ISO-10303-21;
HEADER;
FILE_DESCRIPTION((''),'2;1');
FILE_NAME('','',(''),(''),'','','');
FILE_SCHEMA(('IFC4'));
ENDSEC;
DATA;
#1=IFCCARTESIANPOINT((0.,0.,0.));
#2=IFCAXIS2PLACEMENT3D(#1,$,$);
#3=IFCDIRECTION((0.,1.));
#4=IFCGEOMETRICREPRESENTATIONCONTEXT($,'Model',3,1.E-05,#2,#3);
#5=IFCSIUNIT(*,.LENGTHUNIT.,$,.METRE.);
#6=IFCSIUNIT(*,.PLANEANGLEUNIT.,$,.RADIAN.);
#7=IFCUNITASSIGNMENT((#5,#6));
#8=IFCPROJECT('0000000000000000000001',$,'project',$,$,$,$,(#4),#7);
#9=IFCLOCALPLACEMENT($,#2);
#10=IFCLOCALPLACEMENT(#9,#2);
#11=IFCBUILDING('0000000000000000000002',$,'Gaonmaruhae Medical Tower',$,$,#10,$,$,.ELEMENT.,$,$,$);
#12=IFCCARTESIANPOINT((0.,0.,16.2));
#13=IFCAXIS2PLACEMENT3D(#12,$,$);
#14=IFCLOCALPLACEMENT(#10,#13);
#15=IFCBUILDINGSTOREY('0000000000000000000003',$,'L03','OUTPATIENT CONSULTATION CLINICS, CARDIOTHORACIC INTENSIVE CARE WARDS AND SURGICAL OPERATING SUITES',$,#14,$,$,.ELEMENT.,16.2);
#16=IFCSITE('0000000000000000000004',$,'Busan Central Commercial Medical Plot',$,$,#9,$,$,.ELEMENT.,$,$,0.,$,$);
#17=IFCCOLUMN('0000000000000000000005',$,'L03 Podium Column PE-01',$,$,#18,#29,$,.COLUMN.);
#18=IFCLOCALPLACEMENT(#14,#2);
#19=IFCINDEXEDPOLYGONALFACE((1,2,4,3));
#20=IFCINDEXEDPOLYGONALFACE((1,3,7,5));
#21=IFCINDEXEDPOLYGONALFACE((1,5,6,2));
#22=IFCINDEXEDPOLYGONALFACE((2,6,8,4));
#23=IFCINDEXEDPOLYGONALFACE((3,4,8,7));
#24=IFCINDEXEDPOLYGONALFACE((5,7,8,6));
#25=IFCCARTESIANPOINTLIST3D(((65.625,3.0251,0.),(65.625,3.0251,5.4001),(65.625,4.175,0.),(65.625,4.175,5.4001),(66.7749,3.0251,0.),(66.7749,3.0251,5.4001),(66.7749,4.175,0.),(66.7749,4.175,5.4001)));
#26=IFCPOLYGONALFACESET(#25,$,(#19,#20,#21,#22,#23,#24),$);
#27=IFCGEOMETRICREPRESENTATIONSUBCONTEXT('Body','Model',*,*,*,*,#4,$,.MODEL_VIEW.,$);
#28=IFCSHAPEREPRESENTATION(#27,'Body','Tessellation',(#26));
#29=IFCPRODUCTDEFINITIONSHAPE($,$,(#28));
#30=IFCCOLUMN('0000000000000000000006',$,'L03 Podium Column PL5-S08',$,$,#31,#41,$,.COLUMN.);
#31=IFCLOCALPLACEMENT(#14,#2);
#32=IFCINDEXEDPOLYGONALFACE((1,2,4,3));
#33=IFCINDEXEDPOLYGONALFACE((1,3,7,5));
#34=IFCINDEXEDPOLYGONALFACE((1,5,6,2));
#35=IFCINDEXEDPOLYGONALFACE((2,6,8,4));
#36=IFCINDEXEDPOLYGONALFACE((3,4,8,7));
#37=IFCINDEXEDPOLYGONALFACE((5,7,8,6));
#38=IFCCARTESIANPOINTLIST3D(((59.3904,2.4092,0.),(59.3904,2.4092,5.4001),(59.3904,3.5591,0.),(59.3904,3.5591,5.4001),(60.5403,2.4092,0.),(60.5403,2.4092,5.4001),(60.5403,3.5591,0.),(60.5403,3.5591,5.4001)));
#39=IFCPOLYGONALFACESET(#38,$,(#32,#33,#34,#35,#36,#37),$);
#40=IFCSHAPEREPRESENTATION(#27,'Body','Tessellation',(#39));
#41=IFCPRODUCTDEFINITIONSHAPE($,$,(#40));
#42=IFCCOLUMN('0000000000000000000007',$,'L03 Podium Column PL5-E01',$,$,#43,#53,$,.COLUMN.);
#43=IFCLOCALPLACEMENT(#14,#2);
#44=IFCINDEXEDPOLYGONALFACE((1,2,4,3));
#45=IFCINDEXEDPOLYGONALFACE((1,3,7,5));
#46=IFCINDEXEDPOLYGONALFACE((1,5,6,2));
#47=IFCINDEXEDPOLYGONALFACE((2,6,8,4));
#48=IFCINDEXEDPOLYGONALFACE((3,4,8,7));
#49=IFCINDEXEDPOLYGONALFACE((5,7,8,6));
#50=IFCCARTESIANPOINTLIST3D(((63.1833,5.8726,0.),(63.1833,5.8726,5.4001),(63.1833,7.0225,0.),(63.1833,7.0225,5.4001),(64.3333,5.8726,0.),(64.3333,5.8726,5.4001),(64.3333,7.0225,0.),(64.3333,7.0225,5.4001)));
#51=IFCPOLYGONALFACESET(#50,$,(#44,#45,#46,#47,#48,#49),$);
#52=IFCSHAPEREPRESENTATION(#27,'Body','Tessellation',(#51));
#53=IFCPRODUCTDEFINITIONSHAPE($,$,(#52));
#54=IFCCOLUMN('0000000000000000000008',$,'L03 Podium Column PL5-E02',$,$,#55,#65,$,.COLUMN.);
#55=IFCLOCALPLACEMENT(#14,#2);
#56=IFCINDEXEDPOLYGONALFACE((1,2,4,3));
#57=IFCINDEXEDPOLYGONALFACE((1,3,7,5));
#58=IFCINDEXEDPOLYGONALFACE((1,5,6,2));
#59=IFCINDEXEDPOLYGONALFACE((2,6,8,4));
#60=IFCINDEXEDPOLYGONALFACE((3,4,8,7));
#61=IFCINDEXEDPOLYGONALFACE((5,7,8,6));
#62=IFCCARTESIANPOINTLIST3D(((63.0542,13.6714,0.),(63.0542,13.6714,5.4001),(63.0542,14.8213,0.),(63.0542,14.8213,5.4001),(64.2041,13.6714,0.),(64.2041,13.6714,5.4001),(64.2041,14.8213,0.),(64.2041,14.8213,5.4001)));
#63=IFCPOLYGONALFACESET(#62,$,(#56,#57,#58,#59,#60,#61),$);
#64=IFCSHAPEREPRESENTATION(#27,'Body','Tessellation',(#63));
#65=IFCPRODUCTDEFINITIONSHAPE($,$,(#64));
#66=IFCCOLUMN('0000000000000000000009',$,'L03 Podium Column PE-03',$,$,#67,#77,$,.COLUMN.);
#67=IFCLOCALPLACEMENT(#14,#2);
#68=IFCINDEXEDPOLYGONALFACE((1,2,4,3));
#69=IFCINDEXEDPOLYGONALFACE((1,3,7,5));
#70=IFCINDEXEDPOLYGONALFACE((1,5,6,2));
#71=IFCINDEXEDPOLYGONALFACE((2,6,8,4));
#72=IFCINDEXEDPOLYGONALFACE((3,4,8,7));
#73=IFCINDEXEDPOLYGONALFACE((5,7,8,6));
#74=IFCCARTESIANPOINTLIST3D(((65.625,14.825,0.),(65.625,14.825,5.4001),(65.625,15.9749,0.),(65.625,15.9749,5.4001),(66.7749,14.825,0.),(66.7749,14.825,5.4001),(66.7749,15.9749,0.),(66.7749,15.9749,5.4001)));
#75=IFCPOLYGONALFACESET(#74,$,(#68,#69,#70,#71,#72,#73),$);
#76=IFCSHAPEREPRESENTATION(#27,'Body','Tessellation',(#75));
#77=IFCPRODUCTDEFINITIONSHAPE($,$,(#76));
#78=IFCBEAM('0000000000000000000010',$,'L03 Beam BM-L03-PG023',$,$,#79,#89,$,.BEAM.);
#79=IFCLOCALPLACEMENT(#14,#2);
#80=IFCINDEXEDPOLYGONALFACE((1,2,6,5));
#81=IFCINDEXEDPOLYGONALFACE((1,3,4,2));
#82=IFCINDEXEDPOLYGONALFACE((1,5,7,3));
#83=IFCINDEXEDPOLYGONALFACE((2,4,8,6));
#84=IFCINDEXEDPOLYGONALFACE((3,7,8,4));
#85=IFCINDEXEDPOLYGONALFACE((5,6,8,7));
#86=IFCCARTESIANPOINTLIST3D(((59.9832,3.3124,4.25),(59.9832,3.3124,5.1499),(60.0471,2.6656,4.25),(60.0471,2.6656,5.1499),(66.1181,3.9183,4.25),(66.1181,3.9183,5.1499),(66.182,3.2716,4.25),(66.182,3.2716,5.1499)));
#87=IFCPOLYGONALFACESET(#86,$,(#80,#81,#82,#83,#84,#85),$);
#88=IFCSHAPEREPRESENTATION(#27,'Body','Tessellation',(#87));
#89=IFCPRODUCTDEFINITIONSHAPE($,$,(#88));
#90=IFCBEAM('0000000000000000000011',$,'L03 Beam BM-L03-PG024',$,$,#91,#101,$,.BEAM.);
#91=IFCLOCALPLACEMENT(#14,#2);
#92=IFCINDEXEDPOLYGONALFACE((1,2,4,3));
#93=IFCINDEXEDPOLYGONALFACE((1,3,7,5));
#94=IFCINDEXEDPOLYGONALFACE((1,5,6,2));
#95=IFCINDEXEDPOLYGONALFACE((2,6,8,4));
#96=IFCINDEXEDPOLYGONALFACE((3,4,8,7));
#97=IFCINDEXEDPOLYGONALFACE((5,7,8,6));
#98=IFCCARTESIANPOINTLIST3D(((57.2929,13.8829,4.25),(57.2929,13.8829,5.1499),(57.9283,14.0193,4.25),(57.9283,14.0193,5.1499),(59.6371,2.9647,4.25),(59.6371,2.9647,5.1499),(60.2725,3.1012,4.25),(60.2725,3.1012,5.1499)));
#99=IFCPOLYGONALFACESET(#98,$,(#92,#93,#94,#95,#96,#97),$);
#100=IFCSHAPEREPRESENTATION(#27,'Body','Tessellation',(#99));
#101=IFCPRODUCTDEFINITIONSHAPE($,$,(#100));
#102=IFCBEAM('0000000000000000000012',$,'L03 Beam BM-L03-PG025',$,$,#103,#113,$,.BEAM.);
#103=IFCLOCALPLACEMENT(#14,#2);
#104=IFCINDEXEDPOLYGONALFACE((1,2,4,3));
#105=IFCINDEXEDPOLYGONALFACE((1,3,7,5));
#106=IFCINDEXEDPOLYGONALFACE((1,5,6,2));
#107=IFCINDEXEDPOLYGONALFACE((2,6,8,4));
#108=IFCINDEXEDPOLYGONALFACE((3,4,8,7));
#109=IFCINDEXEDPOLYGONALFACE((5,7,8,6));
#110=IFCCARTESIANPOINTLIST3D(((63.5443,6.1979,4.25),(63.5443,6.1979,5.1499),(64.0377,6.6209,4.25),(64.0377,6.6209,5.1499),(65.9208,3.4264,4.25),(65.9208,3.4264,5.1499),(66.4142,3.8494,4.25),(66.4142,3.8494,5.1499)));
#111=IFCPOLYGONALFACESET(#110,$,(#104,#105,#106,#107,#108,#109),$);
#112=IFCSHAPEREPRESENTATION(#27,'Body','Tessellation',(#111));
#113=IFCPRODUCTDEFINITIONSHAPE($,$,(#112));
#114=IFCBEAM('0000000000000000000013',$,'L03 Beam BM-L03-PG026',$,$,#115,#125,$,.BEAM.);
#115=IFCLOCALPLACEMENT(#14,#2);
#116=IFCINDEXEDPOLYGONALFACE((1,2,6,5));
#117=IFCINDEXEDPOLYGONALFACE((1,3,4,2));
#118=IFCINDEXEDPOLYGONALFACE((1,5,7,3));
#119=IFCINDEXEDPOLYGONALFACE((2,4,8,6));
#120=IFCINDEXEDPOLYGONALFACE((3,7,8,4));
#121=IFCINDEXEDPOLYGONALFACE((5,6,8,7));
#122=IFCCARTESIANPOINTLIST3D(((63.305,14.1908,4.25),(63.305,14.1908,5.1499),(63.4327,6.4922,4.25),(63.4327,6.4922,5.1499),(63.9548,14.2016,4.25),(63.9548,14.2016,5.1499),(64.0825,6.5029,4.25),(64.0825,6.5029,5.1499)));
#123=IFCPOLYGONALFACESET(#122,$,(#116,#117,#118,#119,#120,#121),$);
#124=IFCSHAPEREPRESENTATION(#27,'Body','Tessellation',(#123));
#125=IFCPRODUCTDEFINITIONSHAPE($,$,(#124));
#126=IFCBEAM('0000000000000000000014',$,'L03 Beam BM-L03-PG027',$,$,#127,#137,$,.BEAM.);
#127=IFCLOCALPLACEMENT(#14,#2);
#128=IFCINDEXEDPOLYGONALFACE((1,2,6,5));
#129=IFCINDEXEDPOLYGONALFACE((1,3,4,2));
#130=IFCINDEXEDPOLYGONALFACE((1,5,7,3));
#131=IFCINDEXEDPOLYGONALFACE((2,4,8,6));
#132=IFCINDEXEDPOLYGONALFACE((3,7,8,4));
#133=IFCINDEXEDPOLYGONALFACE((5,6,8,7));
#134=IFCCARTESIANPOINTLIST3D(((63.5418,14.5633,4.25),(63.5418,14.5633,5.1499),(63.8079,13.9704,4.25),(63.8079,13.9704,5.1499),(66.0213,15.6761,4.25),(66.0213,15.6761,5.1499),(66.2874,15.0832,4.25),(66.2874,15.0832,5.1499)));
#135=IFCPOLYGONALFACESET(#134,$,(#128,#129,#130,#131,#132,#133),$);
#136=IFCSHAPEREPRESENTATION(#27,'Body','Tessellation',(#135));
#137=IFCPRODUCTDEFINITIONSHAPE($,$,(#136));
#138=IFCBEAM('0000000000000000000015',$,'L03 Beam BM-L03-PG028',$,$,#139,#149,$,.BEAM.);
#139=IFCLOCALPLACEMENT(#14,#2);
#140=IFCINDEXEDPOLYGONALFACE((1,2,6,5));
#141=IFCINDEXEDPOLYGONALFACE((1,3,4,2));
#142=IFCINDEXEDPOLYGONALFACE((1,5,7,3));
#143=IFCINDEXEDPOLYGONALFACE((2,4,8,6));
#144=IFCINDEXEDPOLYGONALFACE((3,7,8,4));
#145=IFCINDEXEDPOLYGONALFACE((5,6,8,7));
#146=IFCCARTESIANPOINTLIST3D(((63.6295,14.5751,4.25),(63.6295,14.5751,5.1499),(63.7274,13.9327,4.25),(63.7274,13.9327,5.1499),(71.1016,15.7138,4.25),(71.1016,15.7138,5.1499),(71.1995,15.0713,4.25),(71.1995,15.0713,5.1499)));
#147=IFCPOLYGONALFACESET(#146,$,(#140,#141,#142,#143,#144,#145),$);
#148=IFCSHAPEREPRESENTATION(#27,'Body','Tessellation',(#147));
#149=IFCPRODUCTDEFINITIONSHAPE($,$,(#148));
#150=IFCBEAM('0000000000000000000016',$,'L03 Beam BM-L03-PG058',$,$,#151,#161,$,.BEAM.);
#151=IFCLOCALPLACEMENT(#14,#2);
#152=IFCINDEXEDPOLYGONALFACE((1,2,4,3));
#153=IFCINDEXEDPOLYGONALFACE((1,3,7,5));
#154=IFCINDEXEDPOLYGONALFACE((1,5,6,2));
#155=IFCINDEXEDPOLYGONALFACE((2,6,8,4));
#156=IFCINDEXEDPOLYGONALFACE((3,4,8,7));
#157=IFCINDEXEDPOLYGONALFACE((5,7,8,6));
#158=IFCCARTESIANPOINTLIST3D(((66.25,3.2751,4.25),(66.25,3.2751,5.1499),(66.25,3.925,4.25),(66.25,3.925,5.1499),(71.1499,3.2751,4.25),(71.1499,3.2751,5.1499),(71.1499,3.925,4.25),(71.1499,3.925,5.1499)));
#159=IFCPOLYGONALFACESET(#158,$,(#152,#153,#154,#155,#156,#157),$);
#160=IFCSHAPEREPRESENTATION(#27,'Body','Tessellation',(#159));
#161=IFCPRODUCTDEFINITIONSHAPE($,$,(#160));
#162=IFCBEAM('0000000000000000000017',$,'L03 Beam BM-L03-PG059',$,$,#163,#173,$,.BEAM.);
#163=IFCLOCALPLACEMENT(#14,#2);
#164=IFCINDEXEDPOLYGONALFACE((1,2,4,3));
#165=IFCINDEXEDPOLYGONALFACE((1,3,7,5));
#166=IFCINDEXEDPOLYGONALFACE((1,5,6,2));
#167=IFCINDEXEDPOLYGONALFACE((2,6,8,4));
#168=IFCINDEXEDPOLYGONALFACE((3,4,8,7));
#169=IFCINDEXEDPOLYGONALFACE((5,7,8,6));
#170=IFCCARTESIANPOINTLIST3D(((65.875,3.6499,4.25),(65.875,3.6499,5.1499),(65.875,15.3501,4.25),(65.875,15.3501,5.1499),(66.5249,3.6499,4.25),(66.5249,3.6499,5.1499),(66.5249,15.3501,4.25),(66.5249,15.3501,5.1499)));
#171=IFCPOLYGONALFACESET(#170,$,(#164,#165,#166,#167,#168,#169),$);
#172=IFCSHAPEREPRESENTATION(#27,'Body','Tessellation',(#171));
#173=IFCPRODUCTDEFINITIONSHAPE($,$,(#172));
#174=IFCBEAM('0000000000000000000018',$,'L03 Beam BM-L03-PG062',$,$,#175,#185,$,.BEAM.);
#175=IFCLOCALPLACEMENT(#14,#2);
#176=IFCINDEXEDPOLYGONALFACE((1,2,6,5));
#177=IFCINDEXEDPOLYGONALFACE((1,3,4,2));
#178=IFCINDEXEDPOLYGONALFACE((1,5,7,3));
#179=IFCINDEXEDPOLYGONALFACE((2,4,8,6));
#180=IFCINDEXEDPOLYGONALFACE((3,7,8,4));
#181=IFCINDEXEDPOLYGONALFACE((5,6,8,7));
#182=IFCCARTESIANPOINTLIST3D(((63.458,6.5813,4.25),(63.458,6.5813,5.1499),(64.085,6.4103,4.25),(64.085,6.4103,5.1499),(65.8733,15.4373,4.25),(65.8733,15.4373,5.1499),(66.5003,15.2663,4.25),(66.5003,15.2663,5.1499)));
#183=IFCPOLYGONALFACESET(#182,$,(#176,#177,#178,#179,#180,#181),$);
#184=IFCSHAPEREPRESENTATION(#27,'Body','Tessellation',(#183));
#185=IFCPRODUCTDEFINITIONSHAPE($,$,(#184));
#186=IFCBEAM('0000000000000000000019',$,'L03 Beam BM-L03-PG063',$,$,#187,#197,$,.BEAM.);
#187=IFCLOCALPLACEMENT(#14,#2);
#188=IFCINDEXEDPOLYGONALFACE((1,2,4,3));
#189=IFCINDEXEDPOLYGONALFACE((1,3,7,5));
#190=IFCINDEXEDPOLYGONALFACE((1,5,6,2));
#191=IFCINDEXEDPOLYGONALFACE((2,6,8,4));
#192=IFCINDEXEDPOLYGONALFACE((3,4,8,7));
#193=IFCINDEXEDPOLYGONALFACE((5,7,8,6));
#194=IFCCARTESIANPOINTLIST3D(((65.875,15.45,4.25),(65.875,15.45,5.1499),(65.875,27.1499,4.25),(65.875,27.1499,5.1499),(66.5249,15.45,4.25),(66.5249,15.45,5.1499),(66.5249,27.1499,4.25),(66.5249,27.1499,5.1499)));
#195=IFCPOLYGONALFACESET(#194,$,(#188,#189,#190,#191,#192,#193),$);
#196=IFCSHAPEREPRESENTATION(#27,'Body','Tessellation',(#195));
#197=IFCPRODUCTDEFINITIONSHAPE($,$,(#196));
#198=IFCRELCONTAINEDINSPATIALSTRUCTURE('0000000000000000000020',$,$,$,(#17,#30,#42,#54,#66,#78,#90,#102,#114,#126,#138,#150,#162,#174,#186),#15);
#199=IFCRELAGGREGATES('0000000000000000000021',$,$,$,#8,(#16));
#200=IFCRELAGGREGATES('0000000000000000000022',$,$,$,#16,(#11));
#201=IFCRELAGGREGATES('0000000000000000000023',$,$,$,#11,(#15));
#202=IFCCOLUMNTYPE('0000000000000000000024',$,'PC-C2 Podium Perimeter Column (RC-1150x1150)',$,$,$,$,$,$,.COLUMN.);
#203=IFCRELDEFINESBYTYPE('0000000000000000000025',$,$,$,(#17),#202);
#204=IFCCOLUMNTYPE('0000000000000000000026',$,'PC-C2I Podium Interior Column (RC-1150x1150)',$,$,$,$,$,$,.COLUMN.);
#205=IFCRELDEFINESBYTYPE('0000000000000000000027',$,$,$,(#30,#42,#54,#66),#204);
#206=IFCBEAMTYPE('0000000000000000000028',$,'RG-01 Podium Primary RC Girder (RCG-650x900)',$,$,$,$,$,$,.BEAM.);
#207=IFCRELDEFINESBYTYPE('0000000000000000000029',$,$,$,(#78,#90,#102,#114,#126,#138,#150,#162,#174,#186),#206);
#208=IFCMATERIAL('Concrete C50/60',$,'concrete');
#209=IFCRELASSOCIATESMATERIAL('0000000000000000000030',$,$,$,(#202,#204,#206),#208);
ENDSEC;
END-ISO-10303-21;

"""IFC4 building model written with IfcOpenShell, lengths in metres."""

from ifc_helpers import new_model, si_unit, direction, frame, origin, origin_2d, place, context, subcontext, project, spatial, rectangle, extrude, material, material_profile, profile_set, type_object, element, save


model = new_model("IFC4")

# Units and contexts
model_context = context("Model", 3, precision=1e-05, world=origin(), true_north=direction((0.0, 1.0)))
body_context = subcontext(model_context, "Body", "Model", "MODEL_VIEW")
ifc_project = project(units=[si_unit("LENGTHUNIT", "METRE"), si_unit("PLANEANGLEUNIT", "RADIAN")], contexts=[model_context])

# Site, building, storey
site_placement = place(None, origin())
site = spatial("IfcSite", under=ifc_project, at=site_placement, Name="Busan Central Commercial Medical Plot", CompositionType="ELEMENT", RefElevation=0.0)
building_placement = place(site_placement, origin())
building = spatial("IfcBuilding", under=site, at=building_placement, Name="Gaonmaruhae Medical Tower", CompositionType="ELEMENT")
storey_placement = place(building_placement, frame((0.0, 0.0, 16.2)))
storey = spatial("IfcBuildingStorey", under=building, at=storey_placement, Name="L03", Description="OUTPATIENT CONSULTATION CLINICS, CARDIOTHORACIC INTENSIVE CARE WARDS AND SURGICAL OPERATING SUITES", CompositionType="ELEMENT", Elevation=16.2)

# Columns
ifc_material_1 = material(Name="Concrete C50/60", Category="concrete")
ifc_material_profile_1 = material_profile(ifc_material_1, rectangle(XDim=1.1499, YDim=1.1499, at=origin_2d()), Name="RC-1150x1150")
ifc_profile_set_1 = profile_set([ifc_material_profile_1], Name="Concrete C50/60")
column_type_1 = type_object("IfcColumnType", Name="PC-C2 Podium Perimeter Column (RC-1150x1150)", PredefinedType="COLUMN", material=ifc_profile_set_1)
column_placement = place(storey_placement, frame((66.2, 3.6001, 0.0), z_axis=(0.0, 0.0, 1.0), x_axis=(1.0, 0.0, 0.0)))
element("IfcColumn", 1, at=column_placement, inside=storey, type_object=column_type_1, Name="L03 Podium Column PE-01", PredefinedType="COLUMN", context=body_context, shape_type="SweptSolid", body=[
    extrude(rectangle(XDim=1.1499, YDim=1.1499, at=origin_2d()), origin(), (0.0, 0.0, 1.0), 5.4001),
])
ifc_material_profile_2 = material_profile(ifc_material_1, rectangle(XDim=1.1499, YDim=1.1499, at=origin_2d()), Name="RC-1150x1150")
ifc_profile_set_2 = profile_set([ifc_material_profile_2], Name="Concrete C50/60")
column_type_2 = type_object("IfcColumnType", Name="PC-C2I Podium Interior Column (RC-1150x1150)", PredefinedType="COLUMN", material=ifc_profile_set_2)
for number, where, z_axis, x_axis, name in (
    (2, (59.9653, 2.9841, 0.0), (0.0, 0.0, 1.0), (1.0, 0.0, 0.0), "L03 Podium Column PL5-S08"),
    (3, (63.7583, 6.4475, 0.0), (0.0, 0.0, 1.0), (1.0, 0.0, 0.0), "L03 Podium Column PL5-E01"),
    (4, (63.6292, 14.2463, 0.0), (0.0, 0.0, 1.0), (1.0, 0.0, 0.0), "L03 Podium Column PL5-E02"),
    (5, (66.2, 15.3999, 0.0), (0.0, 0.0, 1.0), (1.0, 0.0, 0.0), "L03 Podium Column PE-03"),
):
    element("IfcColumn", number, at=place(storey_placement, frame(where, z_axis=z_axis, x_axis=x_axis)), inside=storey, type_object=column_type_2, Name=name, PredefinedType="COLUMN", context=body_context, shape_type="SweptSolid", body=[
        extrude(rectangle(XDim=1.1499, YDim=1.1499, at=origin_2d()), origin(), (0.0, 0.0, 1.0), 5.4001),
    ])

# Beams
ifc_material_profile_3 = material_profile(ifc_material_1, rectangle(XDim=0.6499, YDim=0.8999, at=origin_2d()), Name="RCG-650x900")
ifc_profile_set_3 = profile_set([ifc_material_profile_3], Name="Concrete C50/60")
beam_type = type_object("IfcBeamType", Name="RG-01 Podium Primary RC Girder (RCG-650x900)", PredefinedType="BEAM", material=ifc_profile_set_3)
beam_1_placement = place(storey_placement, frame((60.0151, 2.989, 4.7), z_axis=(0.995158, 0.098292, 0.0), x_axis=(-0.098292, 0.995158, 0.0)))
element("IfcBeam", 6, at=beam_1_placement, inside=storey, type_object=beam_type, Name="L03 Beam BM-L03-PG023", PredefinedType="BEAM", context=body_context, shape_type="SweptSolid", body=[
    extrude(rectangle(XDim=0.6499, YDim=0.8999, at=origin_2d()), origin(), (0.0, 0.0, 1.0), 6.1648),
])
beam_2_placement = place(storey_placement, frame((59.9548, 3.033, 4.7), z_axis=(-0.209925, 0.977718, 0.0), x_axis=(-0.977718, -0.209925, 0.0)))
element("IfcBeam", 7, at=beam_2_placement, inside=storey, type_object=beam_type, Name="L03 Beam BM-L03-PG024", PredefinedType="BEAM", context=body_context, shape_type="SweptSolid", body=[
    extrude(rectangle(XDim=0.6499, YDim=0.8999, at=origin_2d()), origin(), (0.0, 0.0, 1.0), 11.167),
])
beam_3_placement = place(storey_placement, frame((63.791, 6.4094, 4.7), z_axis=(0.650935, -0.759134, 0.0), x_axis=(0.759134, 0.650935, 0.0)))
element("IfcBeam", 8, at=beam_3_placement, inside=storey, type_object=beam_type, Name="L03 Beam BM-L03-PG025", PredefinedType="BEAM", context=body_context, shape_type="SweptSolid", body=[
    extrude(rectangle(XDim=0.6499, YDim=0.8999, at=origin_2d()), origin(), (0.0, 0.0, 1.0), 3.6509),
])
beam_4_placement = place(storey_placement, frame((63.7576, 6.4976, 4.7), z_axis=(-0.016583, 0.999862, 0.0), x_axis=(-0.999862, -0.016583, 0.0)))
element("IfcBeam", 9, at=beam_4_placement, inside=storey, type_object=beam_type, Name="L03 Beam BM-L03-PG026", PredefinedType="BEAM", context=body_context, shape_type="SweptSolid", body=[
    extrude(rectangle(XDim=0.6499, YDim=0.8999, at=origin_2d()), origin(), (0.0, 0.0, 1.0), 7.6997),
])
beam_5_placement = place(storey_placement, frame((63.6748, 14.2668, 4.7), z_axis=(0.912331, 0.409453, 0.0), x_axis=(-0.409453, 0.912331, 0.0)))
element("IfcBeam", 10, at=beam_5_placement, inside=storey, type_object=beam_type, Name="L03 Beam BM-L03-PG027", PredefinedType="BEAM", context=body_context, shape_type="SweptSolid", body=[
    extrude(rectangle(XDim=0.6499, YDim=0.8999, at=origin_2d()), origin(), (0.0, 0.0, 1.0), 2.7178),
])
beam_6_placement = place(storey_placement, frame((63.6785, 14.2539, 4.7), z_axis=(0.988587, 0.150649, 0.0), x_axis=(-0.150649, 0.988587, 0.0)))
element("IfcBeam", 11, at=beam_6_placement, inside=storey, type_object=beam_type, Name="L03 Beam BM-L03-PG028", PredefinedType="BEAM", context=body_context, shape_type="SweptSolid", body=[
    extrude(rectangle(XDim=0.6499, YDim=0.8999, at=origin_2d()), origin(), (0.0, 0.0, 1.0), 7.5583),
])
beam_7_placement = place(storey_placement, frame((66.25, 3.6001, 4.7), z_axis=(1.0, 0.0, 0.0), x_axis=(0.0, 1.0, 0.0)))
element("IfcBeam", 12, at=beam_7_placement, inside=storey, type_object=beam_type, Name="L03 Beam BM-L03-PG058", PredefinedType="BEAM", context=body_context, shape_type="SweptSolid", body=[
    extrude(rectangle(XDim=0.6499, YDim=0.8999, at=origin_2d()), origin(), (0.0, 0.0, 1.0), 4.8999),
])
beam_8_placement = place(storey_placement, frame((66.2, 3.6499, 4.7), z_axis=(0.0, 1.0, 0.0), x_axis=(-1.0, 0.0, 0.0)))
element("IfcBeam", 13, at=beam_8_placement, inside=storey, type_object=beam_type, Name="L03 Beam BM-L03-PG059", PredefinedType="BEAM", context=body_context, shape_type="SweptSolid", body=[
    extrude(rectangle(XDim=0.6499, YDim=0.8999, at=origin_2d()), origin(), (0.0, 0.0, 1.0), 11.7002),
])
beam_9_placement = place(storey_placement, frame((66.1868, 15.3518, 4.7), z_axis=(-0.26312, -0.964763, 0.0), x_axis=(0.964763, -0.26312, 0.0)))
element("IfcBeam", 14, at=beam_9_placement, inside=storey, type_object=beam_type, Name="L03 Beam BM-L03-PG062", PredefinedType="BEAM", context=body_context, shape_type="SweptSolid", body=[
    extrude(rectangle(XDim=0.6499, YDim=0.8999, at=origin_2d()), origin(), (0.0, 0.0, 1.0), 9.1794),
])
beam_10_placement = place(storey_placement, frame((66.2, 15.45, 4.7), z_axis=(0.0, 1.0, 0.0), x_axis=(-1.0, 0.0, 0.0)))
element("IfcBeam", 15, at=beam_10_placement, inside=storey, type_object=beam_type, Name="L03 Beam BM-L03-PG063", PredefinedType="BEAM", context=body_context, shape_type="SweptSolid", body=[
    extrude(rectangle(XDim=0.6499, YDim=0.8999, at=origin_2d()), origin(), (0.0, 0.0, 1.0), 11.7),
])

save(model, "model.ifc")
